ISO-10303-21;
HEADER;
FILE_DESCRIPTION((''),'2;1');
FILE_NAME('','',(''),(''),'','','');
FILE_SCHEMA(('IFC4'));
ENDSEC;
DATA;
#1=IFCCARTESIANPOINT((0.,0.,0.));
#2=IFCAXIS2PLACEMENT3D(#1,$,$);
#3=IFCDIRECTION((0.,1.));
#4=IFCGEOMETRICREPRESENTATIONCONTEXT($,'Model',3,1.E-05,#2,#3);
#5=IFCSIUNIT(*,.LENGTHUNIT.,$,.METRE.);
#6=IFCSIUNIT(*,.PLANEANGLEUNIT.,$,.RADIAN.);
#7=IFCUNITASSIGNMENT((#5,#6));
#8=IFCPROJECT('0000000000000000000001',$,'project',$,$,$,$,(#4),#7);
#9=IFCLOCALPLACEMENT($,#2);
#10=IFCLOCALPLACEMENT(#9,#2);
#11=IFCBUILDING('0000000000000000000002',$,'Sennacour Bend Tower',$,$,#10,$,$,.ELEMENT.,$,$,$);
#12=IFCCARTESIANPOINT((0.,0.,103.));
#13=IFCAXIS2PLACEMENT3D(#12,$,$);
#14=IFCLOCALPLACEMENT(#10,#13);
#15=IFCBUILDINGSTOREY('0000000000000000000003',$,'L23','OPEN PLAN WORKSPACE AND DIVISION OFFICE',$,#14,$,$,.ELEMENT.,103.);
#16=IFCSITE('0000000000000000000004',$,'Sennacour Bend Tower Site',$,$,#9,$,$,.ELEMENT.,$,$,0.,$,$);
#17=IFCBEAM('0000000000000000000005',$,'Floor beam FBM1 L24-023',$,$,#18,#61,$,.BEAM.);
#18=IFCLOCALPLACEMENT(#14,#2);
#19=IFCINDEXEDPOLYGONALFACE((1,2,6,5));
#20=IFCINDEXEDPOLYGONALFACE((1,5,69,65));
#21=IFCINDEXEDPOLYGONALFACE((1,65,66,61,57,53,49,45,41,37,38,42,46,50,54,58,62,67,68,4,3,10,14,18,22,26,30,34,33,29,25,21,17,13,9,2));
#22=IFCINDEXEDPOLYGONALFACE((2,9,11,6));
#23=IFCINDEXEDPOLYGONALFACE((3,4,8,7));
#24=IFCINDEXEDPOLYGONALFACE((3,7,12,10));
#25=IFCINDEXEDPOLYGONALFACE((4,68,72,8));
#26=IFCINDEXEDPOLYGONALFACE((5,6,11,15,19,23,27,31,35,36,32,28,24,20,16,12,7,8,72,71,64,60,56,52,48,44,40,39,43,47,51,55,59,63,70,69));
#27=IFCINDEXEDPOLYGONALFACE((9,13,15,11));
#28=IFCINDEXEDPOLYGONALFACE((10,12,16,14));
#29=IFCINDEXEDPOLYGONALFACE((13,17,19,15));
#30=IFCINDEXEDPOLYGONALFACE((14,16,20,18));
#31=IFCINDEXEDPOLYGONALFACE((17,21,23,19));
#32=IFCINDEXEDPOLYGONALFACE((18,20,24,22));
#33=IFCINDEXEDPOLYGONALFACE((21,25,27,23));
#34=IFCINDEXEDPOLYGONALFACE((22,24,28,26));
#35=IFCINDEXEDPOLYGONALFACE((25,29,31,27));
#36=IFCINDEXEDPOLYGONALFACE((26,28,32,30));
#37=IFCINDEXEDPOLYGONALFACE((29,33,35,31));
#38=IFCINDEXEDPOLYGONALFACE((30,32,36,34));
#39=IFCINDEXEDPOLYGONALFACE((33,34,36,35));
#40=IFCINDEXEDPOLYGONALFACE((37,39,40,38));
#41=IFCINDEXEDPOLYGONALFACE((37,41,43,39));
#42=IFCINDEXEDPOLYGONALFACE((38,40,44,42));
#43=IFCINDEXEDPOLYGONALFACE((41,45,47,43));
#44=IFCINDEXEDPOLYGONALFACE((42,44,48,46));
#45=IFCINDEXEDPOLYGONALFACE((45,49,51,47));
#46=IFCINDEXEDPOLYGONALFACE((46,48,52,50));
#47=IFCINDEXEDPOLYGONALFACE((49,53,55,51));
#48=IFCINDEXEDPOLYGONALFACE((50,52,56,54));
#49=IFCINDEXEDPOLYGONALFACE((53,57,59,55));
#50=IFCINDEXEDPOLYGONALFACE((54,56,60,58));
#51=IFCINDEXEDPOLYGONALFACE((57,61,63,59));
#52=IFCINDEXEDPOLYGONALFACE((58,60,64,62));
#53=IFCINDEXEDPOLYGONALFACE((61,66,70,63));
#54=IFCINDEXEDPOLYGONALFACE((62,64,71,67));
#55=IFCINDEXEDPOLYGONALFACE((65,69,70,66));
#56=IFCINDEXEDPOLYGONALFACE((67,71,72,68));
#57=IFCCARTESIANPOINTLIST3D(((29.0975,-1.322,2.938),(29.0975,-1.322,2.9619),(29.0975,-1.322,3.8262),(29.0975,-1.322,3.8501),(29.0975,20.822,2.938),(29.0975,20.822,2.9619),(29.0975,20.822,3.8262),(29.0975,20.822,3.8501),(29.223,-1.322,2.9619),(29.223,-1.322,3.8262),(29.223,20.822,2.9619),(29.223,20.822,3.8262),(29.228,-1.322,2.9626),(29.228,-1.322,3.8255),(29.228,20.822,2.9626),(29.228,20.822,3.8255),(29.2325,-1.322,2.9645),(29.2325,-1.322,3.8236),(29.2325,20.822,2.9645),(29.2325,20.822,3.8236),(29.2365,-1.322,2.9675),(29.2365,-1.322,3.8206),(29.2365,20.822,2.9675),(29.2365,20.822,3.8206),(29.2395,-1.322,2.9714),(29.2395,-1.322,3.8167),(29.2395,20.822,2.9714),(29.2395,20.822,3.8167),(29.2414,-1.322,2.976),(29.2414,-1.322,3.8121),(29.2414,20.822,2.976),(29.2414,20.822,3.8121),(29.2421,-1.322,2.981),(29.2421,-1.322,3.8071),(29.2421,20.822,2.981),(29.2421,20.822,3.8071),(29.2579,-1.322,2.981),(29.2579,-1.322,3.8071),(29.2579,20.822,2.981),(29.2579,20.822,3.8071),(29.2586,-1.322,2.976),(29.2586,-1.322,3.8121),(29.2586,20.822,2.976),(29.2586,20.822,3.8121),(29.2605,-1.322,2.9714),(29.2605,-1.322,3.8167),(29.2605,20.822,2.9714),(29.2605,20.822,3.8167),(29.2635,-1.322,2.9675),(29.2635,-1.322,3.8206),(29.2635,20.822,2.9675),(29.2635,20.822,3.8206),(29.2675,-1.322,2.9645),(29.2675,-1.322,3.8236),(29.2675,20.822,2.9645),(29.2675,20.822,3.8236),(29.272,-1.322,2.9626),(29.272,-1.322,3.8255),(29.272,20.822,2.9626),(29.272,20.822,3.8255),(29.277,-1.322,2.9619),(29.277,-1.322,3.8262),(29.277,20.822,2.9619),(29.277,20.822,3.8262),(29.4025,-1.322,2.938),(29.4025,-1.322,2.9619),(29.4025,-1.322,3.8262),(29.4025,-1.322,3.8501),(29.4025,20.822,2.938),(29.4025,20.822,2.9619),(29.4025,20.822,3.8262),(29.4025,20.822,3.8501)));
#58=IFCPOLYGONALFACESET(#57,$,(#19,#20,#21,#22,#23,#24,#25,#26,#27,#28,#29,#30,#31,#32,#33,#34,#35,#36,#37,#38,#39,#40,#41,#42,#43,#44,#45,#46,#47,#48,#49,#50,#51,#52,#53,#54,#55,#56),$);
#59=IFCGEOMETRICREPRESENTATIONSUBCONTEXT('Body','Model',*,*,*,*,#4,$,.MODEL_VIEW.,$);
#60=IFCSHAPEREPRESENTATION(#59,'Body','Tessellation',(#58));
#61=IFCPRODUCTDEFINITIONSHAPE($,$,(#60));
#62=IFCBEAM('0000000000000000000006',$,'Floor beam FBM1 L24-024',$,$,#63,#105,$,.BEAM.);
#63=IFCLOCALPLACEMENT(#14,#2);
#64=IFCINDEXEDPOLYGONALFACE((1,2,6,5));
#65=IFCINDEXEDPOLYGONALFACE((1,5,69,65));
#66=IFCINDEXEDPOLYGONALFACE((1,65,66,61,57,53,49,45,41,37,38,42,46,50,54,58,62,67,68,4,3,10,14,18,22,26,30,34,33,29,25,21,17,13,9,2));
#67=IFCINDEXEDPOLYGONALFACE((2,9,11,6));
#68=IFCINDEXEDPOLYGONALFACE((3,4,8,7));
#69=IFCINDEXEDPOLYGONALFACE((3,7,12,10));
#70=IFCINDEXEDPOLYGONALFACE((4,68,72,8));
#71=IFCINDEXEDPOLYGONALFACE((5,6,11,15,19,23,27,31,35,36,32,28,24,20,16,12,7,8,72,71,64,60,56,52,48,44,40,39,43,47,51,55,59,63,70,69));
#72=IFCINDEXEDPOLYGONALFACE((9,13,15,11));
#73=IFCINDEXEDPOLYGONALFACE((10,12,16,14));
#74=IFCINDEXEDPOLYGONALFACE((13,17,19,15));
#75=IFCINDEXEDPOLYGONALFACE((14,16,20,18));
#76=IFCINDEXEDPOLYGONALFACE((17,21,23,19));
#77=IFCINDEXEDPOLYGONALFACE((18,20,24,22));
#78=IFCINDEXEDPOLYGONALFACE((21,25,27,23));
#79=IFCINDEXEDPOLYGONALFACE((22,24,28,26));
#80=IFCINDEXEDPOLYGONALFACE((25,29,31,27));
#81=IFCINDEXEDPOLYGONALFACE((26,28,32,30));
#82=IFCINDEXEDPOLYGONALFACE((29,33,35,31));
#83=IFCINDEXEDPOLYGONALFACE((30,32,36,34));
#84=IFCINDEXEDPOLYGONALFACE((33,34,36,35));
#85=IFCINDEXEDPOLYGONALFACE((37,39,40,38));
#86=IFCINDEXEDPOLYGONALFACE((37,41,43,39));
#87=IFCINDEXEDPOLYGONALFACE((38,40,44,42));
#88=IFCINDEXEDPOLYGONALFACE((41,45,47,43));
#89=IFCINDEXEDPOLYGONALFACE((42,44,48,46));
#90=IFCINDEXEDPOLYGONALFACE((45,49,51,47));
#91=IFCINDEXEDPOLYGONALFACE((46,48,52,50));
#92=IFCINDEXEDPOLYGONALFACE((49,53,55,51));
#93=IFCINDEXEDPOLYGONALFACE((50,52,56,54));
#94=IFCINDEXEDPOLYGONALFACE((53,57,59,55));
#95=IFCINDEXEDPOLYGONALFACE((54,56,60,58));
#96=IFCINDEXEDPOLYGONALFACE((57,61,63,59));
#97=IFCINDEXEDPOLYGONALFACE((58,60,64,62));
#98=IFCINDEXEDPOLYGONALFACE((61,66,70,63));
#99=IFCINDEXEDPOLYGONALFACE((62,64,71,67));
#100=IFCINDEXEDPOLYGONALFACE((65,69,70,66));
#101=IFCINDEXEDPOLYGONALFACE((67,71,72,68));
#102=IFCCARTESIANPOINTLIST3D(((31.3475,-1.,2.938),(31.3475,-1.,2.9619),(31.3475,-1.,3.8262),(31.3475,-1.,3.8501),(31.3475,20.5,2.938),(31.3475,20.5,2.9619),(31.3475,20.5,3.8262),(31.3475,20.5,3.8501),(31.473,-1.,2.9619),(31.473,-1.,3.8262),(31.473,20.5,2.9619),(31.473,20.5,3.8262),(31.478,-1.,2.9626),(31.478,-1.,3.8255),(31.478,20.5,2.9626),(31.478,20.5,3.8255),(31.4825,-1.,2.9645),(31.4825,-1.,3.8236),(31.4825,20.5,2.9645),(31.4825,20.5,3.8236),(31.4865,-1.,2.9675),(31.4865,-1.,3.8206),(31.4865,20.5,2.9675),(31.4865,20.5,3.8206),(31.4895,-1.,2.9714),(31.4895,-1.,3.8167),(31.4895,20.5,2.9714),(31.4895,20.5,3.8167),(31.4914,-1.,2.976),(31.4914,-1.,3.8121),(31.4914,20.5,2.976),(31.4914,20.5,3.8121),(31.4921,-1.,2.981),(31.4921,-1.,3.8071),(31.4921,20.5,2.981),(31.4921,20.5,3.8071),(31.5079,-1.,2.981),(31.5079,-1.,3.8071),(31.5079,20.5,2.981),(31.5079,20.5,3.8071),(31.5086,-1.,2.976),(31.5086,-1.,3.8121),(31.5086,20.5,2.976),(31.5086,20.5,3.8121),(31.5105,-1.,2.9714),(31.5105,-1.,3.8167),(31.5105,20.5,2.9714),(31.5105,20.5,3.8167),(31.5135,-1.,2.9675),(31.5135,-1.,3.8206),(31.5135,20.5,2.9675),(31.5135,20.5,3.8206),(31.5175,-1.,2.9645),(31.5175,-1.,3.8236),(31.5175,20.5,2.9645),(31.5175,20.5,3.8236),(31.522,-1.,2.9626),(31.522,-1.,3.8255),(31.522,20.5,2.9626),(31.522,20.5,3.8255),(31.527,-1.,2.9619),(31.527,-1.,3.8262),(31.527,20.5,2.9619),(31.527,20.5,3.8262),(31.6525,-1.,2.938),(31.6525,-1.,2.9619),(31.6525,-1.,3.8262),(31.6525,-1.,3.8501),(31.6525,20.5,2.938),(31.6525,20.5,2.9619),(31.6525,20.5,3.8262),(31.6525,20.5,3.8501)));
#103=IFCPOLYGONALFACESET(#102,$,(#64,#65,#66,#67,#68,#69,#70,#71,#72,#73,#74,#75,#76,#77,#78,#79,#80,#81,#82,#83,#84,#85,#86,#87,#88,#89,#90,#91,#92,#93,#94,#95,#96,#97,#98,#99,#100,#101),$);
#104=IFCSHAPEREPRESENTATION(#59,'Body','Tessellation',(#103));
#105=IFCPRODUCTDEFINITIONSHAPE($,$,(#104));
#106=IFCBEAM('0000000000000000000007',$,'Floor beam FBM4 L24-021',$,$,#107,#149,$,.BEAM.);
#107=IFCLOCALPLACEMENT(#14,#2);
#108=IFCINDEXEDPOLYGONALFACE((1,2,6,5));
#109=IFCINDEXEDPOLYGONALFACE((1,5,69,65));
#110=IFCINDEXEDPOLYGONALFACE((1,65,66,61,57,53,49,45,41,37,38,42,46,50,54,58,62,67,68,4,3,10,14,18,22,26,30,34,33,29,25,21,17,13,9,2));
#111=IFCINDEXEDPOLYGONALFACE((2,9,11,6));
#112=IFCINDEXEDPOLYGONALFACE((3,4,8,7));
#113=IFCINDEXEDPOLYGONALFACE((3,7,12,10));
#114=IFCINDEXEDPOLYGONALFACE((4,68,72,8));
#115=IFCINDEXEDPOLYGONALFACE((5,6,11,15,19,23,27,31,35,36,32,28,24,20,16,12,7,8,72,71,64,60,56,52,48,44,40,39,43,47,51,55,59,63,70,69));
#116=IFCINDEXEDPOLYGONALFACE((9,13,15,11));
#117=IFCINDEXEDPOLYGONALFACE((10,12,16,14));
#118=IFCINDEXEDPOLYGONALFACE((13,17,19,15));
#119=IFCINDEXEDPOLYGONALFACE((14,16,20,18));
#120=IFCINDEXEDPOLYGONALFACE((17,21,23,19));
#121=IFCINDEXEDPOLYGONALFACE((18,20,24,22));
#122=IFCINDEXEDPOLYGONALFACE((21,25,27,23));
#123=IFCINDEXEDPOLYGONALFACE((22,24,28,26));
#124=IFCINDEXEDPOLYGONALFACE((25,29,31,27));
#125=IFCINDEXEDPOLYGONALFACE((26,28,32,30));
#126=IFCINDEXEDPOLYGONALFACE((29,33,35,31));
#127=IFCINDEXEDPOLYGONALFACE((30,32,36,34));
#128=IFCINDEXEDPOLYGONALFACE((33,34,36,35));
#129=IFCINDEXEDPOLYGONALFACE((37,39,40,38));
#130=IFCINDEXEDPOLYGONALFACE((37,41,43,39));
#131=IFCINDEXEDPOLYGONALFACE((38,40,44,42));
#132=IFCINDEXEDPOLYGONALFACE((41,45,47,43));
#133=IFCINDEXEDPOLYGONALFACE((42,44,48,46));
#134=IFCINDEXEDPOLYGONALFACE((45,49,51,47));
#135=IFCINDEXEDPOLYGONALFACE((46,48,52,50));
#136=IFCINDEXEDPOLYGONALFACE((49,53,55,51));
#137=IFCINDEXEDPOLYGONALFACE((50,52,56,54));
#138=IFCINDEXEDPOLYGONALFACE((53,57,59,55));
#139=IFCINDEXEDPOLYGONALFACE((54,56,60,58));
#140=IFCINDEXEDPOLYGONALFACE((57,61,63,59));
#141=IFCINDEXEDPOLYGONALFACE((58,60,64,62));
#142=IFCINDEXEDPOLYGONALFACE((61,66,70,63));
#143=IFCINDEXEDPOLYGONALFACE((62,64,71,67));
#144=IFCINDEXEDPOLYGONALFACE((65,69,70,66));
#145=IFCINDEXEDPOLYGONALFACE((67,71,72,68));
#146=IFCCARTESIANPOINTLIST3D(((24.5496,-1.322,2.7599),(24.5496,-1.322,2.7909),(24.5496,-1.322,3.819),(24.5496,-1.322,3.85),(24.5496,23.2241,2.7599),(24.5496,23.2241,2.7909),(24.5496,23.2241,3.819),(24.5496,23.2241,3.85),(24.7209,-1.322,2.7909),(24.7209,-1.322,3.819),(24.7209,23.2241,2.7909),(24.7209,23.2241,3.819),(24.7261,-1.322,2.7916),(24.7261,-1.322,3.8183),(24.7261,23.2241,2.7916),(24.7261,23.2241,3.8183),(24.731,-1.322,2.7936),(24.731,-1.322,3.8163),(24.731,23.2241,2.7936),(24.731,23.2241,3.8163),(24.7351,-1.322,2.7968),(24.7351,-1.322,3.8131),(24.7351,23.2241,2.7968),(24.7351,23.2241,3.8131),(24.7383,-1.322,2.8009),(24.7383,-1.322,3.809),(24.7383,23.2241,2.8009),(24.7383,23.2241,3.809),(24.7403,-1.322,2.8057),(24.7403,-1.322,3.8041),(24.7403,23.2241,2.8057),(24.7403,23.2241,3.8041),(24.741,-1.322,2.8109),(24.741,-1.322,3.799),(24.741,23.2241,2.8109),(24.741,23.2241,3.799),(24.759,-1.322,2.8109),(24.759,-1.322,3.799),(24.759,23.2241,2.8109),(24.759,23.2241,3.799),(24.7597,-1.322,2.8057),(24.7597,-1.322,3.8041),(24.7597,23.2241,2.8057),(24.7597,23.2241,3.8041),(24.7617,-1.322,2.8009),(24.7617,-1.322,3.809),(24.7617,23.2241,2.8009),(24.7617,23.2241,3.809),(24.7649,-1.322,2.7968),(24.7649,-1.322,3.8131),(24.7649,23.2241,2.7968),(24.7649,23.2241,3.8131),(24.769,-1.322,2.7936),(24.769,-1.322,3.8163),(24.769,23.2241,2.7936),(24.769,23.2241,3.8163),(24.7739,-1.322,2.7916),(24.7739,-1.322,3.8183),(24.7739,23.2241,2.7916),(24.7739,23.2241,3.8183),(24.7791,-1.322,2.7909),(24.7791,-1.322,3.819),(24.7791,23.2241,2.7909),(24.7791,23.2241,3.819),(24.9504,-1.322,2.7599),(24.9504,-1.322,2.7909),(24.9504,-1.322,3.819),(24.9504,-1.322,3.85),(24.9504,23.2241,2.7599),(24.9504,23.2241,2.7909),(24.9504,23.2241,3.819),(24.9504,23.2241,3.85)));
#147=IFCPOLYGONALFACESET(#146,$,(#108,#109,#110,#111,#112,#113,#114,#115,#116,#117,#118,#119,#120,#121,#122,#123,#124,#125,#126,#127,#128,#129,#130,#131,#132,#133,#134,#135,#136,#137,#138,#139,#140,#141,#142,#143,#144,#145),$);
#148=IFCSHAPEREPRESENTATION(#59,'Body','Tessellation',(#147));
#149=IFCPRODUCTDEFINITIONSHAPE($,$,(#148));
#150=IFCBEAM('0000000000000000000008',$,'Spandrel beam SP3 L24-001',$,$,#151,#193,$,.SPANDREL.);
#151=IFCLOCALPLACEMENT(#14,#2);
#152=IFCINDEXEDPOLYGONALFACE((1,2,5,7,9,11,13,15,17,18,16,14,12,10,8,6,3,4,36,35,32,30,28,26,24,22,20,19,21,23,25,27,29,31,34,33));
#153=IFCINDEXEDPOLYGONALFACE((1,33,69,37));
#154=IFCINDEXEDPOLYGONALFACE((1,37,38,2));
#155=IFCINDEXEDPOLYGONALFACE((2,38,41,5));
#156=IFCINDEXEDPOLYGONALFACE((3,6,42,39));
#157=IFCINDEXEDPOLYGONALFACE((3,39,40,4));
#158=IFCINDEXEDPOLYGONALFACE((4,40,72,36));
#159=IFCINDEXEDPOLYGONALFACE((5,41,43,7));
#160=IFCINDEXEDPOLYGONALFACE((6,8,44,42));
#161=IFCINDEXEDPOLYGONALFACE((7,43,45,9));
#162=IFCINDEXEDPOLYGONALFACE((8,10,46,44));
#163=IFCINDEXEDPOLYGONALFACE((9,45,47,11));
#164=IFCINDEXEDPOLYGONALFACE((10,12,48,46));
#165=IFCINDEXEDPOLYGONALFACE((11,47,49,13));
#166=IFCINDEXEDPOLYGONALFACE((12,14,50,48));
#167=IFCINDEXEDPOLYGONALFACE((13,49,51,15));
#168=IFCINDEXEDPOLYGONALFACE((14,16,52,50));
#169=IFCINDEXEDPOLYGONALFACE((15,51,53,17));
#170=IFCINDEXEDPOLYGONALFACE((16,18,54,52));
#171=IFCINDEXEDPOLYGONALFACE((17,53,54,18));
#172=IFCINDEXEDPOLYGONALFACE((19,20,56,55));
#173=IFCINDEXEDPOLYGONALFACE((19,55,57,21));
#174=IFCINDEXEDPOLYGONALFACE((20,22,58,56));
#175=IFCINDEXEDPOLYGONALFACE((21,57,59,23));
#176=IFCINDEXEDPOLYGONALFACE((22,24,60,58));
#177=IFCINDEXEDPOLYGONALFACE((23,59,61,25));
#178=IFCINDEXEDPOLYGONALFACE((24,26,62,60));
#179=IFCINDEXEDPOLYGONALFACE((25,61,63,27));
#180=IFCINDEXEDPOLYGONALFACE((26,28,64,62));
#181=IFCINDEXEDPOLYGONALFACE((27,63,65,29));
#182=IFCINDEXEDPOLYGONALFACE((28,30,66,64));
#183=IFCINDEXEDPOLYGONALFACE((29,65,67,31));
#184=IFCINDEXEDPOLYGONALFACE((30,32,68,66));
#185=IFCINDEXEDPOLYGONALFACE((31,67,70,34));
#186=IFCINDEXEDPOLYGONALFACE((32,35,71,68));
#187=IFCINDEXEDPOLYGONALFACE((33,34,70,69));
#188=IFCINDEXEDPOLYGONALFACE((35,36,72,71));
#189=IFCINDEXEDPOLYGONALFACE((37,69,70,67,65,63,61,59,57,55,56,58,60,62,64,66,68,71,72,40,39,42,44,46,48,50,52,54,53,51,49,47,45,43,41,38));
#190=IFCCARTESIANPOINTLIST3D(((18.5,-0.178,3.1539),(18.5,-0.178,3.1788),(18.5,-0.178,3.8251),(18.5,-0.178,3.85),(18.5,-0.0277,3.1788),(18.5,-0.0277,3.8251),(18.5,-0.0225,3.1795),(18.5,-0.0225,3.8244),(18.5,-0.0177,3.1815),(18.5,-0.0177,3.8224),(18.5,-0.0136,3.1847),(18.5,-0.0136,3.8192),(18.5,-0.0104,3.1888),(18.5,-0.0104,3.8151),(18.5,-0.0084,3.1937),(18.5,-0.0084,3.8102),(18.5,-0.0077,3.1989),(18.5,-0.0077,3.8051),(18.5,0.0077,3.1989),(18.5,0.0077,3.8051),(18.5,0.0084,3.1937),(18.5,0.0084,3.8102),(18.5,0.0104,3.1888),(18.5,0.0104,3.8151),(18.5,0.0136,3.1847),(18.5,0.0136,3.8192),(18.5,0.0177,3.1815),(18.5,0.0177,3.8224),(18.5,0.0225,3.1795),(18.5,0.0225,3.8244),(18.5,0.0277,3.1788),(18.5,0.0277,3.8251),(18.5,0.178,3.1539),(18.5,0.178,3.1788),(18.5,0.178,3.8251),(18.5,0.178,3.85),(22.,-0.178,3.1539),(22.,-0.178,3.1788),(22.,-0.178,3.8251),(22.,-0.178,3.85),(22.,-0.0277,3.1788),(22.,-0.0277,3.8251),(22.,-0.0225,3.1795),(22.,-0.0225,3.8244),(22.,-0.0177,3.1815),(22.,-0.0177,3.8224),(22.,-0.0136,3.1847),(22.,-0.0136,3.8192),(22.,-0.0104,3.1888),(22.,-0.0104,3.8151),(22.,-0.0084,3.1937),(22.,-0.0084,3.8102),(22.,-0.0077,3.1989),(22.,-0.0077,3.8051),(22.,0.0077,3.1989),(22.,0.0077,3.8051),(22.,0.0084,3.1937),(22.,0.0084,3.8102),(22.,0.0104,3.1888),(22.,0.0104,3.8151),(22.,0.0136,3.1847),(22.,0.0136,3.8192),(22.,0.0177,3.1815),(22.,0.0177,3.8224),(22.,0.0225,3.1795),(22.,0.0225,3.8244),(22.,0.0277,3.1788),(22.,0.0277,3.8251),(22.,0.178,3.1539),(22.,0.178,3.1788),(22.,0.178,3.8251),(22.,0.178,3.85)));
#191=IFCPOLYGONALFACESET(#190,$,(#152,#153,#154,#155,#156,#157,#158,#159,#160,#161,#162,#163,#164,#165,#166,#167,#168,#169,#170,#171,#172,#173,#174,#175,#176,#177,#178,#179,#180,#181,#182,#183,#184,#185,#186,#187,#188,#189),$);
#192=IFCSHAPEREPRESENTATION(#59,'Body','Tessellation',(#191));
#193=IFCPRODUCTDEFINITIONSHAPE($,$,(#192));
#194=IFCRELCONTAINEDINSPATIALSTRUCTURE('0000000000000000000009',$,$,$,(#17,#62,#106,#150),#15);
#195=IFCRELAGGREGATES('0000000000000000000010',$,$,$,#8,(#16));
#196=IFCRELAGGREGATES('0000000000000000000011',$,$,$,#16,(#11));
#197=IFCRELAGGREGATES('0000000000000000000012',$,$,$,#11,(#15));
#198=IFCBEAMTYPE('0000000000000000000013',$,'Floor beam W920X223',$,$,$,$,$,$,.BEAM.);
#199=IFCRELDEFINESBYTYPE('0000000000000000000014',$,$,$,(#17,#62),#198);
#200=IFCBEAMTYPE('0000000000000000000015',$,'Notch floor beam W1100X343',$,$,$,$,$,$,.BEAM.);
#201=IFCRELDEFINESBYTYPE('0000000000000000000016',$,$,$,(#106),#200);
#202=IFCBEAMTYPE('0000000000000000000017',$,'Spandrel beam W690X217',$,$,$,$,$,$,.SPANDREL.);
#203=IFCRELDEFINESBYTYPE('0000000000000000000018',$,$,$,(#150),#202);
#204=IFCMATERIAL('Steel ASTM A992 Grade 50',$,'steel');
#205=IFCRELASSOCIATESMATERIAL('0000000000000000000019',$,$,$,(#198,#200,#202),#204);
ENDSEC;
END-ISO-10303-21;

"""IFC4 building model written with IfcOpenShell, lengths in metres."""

from ifc_helpers import new_model, si_unit, direction, frame, origin, origin_2d, place, context, subcontext, project, spatial, i_section, extrude, material, material_profile, profile_set, type_object, element, save


model = new_model("IFC4")

# Units and contexts
model_context = context("Model", 3, precision=1e-05, world=origin(), true_north=direction((0.0, 1.0)))
body_context = subcontext(model_context, "Body", "Model", "MODEL_VIEW")
ifc_project = project(units=[si_unit("LENGTHUNIT", "METRE"), si_unit("PLANEANGLEUNIT", "RADIAN")], contexts=[model_context])

# Site, building, storey
site_placement = place(None, origin())
site = spatial("IfcSite", under=ifc_project, at=site_placement, Name="Sennacour Bend Tower Site", CompositionType="ELEMENT", RefElevation=0.0)
building_placement = place(site_placement, origin())
building = spatial("IfcBuilding", under=site, at=building_placement, Name="Sennacour Bend Tower", CompositionType="ELEMENT")
storey_placement = place(building_placement, frame((0.0, 0.0, 103.0)))
storey = spatial("IfcBuildingStorey", under=building, at=storey_placement, Name="L23", Description="OPEN PLAN WORKSPACE AND DIVISION OFFICE", CompositionType="ELEMENT", Elevation=103.0)

# Beams
ifc_material_1 = material(Name="Steel ASTM A992 Grade 50", Category="steel")
ifc_material_profile_1 = material_profile(ifc_material_1, i_section(OverallWidth=0.3049, OverallDepth=0.9121, WebThickness=0.0159, FlangeThickness=0.0239, FilletRadius=0.019, at=origin_2d()), Name="Steel ASTM A992 Grade 50", Category="steel")
ifc_profile_set_1 = profile_set([ifc_material_profile_1], Name="Steel ASTM A992 Grade 50")
beam_type_1 = type_object("IfcBeamType", Name="Floor beam W920X223", PredefinedType="BEAM", material=ifc_profile_set_1)
beam_1_placement = place(storey_placement, frame((29.25, -1.322, 3.394), z_axis=(0.0, 1.0, 0.0), x_axis=(-1.0, 0.0, 0.0)))
element("IfcBeam", 1, at=beam_1_placement, inside=storey, type_object=beam_type_1, Name="Floor beam FBM1 L24-023", PredefinedType="BEAM", context=body_context, shape_type="SweptSolid", body=[
    extrude(i_section(OverallWidth=0.3049, OverallDepth=0.9121, WebThickness=0.0159, FlangeThickness=0.0239, FilletRadius=0.019, at=origin_2d()), origin(), (0.0, 0.0, 1.0), 22.144),
])
beam_2_placement = place(storey_placement, frame((31.5, -1.0, 3.394), z_axis=(0.0, 1.0, 0.0), x_axis=(-1.0, 0.0, 0.0)))
element("IfcBeam", 2, at=beam_2_placement, inside=storey, type_object=beam_type_1, Name="Floor beam FBM1 L24-024", PredefinedType="BEAM", context=body_context, shape_type="SweptSolid", body=[
    extrude(i_section(OverallWidth=0.3049, OverallDepth=0.9121, WebThickness=0.0159, FlangeThickness=0.0239, FilletRadius=0.019, at=origin_2d()), origin(), (0.0, 0.0, 1.0), 21.5),
])
ifc_material_profile_2 = material_profile(ifc_material_1, i_section(OverallWidth=0.4009, OverallDepth=1.0901, WebThickness=0.0181, FlangeThickness=0.031, FilletRadius=0.02, at=origin_2d()), Name="Steel ASTM A992 Grade 50", Category="steel")
ifc_profile_set_2 = profile_set([ifc_material_profile_2], Name="Steel ASTM A992 Grade 50")
beam_type_2 = type_object("IfcBeamType", Name="Notch floor beam W1100X343", PredefinedType="BEAM", material=ifc_profile_set_2)
beam_3_placement = place(storey_placement, frame((24.75, -1.322, 3.3049), z_axis=(0.0, 1.0, 0.0), x_axis=(-1.0, 0.0, 0.0)))
element("IfcBeam", 3, at=beam_3_placement, inside=storey, type_object=beam_type_2, Name="Floor beam FBM4 L24-021", PredefinedType="BEAM", context=body_context, shape_type="SweptSolid", body=[
    extrude(i_section(OverallWidth=0.4009, OverallDepth=1.0901, WebThickness=0.0181, FlangeThickness=0.031, FilletRadius=0.02, at=origin_2d()), origin(), (0.0, 0.0, 1.0), 24.5461),
])
ifc_material_profile_3 = material_profile(ifc_material_1, i_section(OverallWidth=0.356, OverallDepth=0.696, WebThickness=0.0154, FlangeThickness=0.0249, FilletRadius=0.02, at=origin_2d()), Name="Steel ASTM A992 Grade 50", Category="steel")
ifc_profile_set_3 = profile_set([ifc_material_profile_3], Name="Steel ASTM A992 Grade 50")
beam_type_3 = type_object("IfcBeamType", Name="Spandrel beam W690X217", PredefinedType="SPANDREL", material=ifc_profile_set_3)
for number, where, z_axis, x_axis, name in (
    (4, (22.0, 0.0, 3.502), (-1.0, 0.0, 0.0), (0.0, -1.0, 0.0), "Spandrel beam SP3 L24-001"),
):
    element("IfcBeam", number, at=place(storey_placement, frame(where, z_axis=z_axis, x_axis=x_axis)), inside=storey, type_object=beam_type_3, Name=name, PredefinedType="SPANDREL", context=body_context, shape_type="SweptSolid", body=[
        extrude(i_section(OverallWidth=0.356, OverallDepth=0.696, WebThickness=0.0154, FlangeThickness=0.0249, FilletRadius=0.02, at=origin_2d()), origin(), (0.0, 0.0, 1.0), 3.5),
    ])

save(model, "model.ifc")
